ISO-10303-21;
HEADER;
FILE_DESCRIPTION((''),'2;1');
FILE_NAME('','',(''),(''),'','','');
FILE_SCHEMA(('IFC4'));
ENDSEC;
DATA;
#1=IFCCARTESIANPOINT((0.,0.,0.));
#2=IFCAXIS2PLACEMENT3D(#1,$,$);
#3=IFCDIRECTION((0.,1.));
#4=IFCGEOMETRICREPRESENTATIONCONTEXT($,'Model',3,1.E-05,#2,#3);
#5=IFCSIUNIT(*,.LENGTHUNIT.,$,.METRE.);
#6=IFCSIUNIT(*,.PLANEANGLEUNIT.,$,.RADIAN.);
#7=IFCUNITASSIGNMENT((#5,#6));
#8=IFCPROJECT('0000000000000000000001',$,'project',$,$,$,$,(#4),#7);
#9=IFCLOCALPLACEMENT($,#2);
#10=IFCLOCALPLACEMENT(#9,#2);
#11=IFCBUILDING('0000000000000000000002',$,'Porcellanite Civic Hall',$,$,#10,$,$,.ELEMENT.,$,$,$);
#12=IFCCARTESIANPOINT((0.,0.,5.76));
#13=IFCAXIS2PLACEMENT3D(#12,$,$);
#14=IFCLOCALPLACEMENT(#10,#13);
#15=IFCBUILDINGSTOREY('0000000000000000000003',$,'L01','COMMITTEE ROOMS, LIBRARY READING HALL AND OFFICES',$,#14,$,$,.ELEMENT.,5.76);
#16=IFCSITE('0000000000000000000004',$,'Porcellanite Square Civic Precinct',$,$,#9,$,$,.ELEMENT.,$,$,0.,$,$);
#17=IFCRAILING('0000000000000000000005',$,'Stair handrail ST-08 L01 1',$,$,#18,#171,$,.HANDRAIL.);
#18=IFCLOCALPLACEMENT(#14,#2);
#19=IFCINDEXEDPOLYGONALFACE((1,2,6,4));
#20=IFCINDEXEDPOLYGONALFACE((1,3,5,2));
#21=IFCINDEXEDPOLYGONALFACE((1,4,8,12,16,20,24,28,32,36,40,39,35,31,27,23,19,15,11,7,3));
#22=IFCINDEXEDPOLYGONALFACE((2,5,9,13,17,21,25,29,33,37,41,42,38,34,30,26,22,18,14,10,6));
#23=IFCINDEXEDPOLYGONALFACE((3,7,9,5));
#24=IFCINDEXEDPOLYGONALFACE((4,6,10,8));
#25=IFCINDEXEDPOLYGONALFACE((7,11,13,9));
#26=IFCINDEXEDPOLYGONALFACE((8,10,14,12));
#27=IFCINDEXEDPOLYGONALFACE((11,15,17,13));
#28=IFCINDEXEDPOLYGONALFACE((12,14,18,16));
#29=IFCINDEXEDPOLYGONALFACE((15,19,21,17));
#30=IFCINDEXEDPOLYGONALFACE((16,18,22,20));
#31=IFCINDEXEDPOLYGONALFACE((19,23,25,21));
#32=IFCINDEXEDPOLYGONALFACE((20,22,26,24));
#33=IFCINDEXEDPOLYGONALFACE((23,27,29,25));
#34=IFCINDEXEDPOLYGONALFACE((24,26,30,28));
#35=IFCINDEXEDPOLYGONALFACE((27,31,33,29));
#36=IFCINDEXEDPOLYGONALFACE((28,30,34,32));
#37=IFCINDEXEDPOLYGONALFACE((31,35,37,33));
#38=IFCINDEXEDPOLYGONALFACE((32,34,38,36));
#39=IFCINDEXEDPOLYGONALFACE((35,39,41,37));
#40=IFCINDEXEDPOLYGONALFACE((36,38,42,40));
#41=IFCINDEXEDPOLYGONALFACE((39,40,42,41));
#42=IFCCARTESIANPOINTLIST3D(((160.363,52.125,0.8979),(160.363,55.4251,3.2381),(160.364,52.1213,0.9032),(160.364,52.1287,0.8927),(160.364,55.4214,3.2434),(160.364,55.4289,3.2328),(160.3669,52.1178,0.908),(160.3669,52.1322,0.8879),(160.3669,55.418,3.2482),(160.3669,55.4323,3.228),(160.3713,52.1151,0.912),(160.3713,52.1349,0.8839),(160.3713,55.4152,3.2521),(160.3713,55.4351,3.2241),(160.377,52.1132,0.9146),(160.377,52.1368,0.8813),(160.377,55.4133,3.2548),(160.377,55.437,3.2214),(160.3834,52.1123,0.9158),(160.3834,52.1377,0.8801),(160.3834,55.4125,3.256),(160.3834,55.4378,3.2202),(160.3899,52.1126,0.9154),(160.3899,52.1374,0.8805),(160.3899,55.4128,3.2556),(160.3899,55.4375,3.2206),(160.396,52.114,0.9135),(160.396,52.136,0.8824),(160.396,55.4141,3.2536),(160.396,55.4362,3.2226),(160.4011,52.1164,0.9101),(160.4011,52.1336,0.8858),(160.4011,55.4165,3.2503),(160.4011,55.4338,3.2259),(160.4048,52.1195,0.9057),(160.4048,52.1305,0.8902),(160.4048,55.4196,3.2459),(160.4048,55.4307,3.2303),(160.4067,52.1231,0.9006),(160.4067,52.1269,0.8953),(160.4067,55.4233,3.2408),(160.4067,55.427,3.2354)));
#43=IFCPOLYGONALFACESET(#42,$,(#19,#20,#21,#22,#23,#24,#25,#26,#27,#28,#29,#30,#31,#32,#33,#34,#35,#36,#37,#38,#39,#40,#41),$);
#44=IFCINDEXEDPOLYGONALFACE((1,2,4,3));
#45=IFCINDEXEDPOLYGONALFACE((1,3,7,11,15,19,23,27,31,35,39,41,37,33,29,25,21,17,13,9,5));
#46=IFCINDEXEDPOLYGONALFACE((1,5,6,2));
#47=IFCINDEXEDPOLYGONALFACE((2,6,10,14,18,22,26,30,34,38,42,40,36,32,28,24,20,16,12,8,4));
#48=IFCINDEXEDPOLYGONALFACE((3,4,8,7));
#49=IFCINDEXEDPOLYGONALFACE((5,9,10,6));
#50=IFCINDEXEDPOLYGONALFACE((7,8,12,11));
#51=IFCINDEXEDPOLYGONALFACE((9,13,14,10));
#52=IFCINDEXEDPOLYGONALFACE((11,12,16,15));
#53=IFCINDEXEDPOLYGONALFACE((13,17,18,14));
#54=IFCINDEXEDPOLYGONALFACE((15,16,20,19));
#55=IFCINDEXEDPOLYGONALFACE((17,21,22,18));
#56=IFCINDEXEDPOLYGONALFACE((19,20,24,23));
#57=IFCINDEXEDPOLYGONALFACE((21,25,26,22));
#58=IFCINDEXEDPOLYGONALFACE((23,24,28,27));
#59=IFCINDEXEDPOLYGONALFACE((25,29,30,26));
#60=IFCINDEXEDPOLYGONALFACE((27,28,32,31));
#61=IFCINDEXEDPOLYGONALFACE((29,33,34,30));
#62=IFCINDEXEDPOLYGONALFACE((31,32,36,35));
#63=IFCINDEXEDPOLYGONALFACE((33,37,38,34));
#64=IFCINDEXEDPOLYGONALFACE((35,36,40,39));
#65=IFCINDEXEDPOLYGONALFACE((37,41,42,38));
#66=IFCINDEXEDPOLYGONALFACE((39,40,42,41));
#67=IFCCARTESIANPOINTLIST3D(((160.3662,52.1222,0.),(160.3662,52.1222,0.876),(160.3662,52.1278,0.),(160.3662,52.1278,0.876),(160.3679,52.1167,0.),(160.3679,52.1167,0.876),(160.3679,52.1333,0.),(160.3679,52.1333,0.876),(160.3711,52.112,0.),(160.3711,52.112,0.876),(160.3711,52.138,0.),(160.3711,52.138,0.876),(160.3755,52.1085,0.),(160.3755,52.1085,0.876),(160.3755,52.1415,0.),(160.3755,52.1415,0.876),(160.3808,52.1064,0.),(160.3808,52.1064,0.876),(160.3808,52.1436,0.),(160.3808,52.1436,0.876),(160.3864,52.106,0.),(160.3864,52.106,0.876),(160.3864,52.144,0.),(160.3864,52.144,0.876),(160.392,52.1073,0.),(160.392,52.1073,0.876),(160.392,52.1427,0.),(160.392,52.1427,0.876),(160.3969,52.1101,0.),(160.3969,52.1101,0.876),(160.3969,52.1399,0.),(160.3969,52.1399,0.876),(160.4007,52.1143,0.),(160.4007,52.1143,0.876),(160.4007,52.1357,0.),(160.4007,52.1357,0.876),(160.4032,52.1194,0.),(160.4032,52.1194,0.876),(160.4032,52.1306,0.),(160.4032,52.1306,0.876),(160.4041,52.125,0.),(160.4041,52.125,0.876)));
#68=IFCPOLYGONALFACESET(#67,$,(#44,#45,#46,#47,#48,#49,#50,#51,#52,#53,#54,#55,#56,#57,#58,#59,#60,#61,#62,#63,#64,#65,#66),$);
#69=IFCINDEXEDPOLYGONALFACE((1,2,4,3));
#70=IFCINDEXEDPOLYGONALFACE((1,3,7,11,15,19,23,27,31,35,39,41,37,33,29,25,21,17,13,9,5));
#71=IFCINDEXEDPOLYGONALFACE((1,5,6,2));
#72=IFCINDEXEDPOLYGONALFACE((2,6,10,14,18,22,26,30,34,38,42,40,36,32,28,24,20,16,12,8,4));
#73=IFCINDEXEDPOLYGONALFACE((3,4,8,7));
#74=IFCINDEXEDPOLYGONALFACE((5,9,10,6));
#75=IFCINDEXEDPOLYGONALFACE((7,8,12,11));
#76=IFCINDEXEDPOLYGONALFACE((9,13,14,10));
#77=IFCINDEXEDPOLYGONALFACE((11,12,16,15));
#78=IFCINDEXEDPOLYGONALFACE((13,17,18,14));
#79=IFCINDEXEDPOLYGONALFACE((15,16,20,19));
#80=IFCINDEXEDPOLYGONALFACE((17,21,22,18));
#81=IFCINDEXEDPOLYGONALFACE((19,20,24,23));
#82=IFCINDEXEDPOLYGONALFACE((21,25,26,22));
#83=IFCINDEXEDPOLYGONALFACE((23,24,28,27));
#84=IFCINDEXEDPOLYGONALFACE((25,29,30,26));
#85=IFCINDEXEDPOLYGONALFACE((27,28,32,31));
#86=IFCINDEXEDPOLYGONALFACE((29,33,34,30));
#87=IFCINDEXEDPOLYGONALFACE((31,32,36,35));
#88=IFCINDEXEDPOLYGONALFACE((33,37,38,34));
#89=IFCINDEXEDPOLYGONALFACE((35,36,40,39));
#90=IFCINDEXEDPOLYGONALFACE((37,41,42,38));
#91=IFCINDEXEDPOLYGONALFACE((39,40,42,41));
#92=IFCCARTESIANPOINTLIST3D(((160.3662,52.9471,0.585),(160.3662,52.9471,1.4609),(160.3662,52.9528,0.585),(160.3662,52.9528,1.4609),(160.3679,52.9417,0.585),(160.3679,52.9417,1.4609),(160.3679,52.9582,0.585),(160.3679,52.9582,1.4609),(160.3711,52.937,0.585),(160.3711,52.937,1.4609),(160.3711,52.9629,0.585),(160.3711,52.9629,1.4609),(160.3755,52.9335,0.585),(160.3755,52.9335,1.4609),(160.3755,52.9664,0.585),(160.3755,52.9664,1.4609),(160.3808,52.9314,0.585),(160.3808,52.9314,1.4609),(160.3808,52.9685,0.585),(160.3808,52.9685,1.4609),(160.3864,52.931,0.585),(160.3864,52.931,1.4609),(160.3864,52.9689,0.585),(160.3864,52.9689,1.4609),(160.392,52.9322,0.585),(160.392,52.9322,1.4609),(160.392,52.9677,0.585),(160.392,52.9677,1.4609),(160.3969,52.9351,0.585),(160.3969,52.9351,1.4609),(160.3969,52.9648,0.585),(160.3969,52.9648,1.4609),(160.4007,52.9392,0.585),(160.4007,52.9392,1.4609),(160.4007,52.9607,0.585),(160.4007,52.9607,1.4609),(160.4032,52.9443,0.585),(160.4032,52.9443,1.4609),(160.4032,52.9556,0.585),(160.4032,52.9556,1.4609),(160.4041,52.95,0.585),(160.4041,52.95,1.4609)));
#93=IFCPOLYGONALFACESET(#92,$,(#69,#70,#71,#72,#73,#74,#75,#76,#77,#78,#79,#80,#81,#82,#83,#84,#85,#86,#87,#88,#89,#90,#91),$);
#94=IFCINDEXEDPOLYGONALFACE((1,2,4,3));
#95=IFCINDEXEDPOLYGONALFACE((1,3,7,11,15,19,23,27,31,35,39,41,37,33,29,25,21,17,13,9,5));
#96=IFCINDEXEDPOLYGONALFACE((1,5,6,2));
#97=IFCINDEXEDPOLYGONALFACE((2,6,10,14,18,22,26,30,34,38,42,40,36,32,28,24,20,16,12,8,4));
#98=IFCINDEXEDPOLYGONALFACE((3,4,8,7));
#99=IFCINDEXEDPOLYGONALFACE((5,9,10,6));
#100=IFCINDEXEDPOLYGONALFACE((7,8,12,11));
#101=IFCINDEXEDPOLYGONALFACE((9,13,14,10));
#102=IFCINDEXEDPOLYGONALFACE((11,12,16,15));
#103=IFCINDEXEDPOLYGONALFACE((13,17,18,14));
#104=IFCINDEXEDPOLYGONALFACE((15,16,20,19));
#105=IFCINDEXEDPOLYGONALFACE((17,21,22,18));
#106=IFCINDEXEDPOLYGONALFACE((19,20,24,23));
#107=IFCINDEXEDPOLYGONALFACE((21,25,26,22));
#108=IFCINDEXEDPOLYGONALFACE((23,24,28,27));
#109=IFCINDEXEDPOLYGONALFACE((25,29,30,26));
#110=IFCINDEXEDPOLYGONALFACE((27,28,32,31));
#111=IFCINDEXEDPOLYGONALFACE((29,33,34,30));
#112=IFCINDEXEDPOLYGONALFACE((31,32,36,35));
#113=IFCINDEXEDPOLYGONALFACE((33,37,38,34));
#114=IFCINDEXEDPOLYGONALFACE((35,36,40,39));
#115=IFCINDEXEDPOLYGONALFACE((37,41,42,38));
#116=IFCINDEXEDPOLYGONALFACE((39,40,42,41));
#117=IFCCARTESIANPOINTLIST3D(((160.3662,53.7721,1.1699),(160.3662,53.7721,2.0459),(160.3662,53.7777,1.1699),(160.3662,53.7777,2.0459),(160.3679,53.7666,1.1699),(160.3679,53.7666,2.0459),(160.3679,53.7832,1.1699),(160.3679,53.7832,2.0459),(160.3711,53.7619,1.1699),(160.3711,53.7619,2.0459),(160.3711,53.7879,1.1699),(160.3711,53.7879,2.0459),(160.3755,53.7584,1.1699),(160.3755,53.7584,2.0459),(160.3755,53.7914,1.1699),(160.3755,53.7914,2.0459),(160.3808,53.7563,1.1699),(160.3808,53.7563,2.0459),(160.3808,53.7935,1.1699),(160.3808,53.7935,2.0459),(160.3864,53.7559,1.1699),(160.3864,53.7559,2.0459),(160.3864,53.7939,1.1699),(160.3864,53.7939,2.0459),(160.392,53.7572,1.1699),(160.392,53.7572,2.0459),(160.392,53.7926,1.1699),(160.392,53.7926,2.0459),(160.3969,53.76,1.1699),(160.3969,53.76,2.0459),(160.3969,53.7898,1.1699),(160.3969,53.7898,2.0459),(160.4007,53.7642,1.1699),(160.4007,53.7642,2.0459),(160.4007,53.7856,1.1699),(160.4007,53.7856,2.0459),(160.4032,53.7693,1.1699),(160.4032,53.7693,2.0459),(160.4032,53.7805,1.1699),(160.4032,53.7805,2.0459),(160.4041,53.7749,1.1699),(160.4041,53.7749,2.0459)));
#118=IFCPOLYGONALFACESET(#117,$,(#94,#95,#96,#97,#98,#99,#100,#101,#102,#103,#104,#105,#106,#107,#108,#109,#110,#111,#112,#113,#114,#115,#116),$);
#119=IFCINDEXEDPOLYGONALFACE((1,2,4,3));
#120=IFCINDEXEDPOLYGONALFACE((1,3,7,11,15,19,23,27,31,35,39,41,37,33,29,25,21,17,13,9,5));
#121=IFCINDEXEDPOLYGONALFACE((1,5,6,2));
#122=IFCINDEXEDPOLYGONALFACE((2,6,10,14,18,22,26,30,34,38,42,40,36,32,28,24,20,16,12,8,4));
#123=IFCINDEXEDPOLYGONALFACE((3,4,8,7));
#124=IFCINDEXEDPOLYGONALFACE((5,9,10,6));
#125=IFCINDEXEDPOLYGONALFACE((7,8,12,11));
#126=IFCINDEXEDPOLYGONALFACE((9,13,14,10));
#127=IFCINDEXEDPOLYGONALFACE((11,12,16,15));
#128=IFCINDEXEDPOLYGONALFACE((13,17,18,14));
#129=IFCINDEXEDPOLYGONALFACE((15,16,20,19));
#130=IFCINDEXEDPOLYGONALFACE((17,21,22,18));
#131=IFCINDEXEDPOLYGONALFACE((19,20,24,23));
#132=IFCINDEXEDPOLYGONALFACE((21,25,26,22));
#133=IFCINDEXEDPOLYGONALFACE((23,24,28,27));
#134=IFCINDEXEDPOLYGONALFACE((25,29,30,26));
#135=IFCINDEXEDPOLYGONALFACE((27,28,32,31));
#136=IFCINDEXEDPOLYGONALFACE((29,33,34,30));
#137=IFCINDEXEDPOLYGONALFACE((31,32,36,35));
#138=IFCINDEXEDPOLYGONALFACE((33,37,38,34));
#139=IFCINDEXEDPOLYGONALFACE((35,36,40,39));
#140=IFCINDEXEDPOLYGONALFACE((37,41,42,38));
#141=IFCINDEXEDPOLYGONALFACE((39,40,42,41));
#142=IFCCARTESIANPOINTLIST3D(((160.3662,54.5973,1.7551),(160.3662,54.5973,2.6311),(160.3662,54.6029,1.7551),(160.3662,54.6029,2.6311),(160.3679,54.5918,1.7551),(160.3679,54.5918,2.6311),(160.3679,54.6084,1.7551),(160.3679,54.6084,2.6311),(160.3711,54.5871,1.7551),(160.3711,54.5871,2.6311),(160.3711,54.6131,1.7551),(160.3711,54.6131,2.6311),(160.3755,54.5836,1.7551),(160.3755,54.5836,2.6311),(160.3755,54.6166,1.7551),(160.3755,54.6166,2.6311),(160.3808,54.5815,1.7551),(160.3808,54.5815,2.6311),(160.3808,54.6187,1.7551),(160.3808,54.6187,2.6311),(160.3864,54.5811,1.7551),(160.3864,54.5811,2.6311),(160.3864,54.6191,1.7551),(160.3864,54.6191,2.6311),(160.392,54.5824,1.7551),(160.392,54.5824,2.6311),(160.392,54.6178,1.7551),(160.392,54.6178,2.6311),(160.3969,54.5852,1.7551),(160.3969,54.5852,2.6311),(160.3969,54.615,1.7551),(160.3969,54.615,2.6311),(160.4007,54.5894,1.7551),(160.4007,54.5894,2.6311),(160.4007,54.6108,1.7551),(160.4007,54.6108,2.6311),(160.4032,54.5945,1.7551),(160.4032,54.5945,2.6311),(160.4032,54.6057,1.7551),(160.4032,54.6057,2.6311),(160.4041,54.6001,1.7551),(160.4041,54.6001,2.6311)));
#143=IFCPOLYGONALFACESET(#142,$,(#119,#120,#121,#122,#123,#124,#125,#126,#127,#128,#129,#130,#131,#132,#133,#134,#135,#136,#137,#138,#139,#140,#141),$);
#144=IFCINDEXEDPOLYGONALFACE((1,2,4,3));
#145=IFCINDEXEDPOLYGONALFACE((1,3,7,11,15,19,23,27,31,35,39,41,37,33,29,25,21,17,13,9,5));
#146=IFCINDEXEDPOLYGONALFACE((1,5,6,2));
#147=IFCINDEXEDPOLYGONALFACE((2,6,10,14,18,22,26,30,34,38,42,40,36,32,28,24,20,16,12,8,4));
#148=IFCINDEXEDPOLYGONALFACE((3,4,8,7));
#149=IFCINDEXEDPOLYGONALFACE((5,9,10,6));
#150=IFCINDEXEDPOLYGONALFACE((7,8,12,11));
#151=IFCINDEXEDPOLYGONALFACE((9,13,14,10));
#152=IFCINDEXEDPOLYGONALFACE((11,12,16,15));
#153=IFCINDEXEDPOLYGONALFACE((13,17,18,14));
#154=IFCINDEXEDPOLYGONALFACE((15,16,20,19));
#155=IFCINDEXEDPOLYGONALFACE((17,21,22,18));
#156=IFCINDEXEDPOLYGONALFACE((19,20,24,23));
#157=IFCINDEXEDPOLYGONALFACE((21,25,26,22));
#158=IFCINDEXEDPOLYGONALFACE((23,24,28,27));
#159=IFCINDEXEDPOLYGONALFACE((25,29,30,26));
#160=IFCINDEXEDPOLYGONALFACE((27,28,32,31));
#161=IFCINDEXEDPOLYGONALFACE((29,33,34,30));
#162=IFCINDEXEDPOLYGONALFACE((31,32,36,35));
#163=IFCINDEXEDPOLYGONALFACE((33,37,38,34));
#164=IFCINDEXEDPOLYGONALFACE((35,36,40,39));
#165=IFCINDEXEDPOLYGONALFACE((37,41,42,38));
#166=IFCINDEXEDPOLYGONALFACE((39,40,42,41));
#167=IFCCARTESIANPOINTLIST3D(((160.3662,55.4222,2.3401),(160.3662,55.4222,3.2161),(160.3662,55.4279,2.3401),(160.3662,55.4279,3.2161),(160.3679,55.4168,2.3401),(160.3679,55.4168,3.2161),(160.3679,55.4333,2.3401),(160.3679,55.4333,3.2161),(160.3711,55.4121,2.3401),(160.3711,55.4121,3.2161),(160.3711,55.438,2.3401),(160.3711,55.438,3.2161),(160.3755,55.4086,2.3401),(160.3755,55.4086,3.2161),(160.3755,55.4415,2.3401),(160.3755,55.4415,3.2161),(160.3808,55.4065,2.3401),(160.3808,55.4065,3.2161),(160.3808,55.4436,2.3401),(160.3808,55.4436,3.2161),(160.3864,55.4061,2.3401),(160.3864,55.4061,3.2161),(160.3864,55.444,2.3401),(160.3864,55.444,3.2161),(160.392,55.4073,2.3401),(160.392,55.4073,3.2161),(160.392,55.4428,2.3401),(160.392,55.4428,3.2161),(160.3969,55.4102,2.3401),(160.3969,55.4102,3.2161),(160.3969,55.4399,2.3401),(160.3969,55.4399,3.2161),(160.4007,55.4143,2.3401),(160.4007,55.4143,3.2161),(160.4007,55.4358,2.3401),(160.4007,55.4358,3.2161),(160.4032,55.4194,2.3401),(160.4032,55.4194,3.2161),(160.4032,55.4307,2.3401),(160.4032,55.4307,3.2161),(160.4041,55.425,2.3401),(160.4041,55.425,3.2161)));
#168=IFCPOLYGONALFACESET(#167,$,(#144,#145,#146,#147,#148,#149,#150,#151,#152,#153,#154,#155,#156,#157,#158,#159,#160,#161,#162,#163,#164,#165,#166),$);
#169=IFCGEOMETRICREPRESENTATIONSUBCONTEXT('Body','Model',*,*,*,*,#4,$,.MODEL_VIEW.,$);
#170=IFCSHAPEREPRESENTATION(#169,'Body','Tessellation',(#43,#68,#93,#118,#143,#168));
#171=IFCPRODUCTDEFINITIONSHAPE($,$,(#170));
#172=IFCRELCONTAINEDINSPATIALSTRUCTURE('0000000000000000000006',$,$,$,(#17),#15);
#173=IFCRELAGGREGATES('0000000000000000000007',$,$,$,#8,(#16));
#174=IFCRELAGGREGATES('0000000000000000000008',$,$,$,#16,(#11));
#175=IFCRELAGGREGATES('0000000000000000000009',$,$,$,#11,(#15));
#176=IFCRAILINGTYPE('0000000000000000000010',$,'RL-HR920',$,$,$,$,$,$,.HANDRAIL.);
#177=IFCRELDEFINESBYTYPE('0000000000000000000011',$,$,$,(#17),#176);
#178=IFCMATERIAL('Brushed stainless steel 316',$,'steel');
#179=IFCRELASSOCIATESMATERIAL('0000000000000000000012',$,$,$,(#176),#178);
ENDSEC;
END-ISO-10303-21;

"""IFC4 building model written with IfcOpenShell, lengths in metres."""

from ifc_helpers import new_model, si_unit, direction, frame, origin, origin_2d, place, context, subcontext, project, spatial, circle, extrude, material, type_object, element, save


model = new_model("IFC4")

# Units and contexts
model_context = context("Model", 3, precision=1e-05, world=origin(), true_north=direction((0.0, 1.0)))
body_context = subcontext(model_context, "Body", "Model", "MODEL_VIEW")
ifc_project = project(units=[si_unit("LENGTHUNIT", "METRE"), si_unit("PLANEANGLEUNIT", "RADIAN")], contexts=[model_context])

# Site, building, storey
site_placement = place(None, origin())
site = spatial("IfcSite", under=ifc_project, at=site_placement, Name="Porcellanite Square Civic Precinct", CompositionType="ELEMENT", RefElevation=0.0)
building_placement = place(site_placement, origin())
building = spatial("IfcBuilding", under=site, at=building_placement, Name="Porcellanite Civic Hall", CompositionType="ELEMENT")
storey_placement = place(building_placement, frame((0.0, 0.0, 5.76)))
storey = spatial("IfcBuildingStorey", under=building, at=storey_placement, Name="L01", Description="COMMITTEE ROOMS, LIBRARY READING HALL AND OFFICES", CompositionType="ELEMENT", Elevation=5.76)

# Railing
ifc_material_1 = material(Name="Brushed stainless steel 316", Category="steel")
railing_type_1 = type_object("IfcRailingType", Name="RL-HR920", PredefinedType="HANDRAIL", material=ifc_material_1)
railing_1_placement = place(storey_placement, frame((160.385, 52.125, 0.0)))
element("IfcRailing", 1, at=railing_1_placement, inside=storey, type_object=railing_type_1, Name="Stair handrail ST-08 L01 1", PredefinedType="HANDRAIL", context=body_context, shape_type="SweptSolid", body=[
    extrude(circle(Radius=0.022, at=origin_2d()), frame((0.0, 0.0, 0.8979), z_axis=(0.0, 0.815727, 0.578438), x_axis=(-1.0, 0.0, 0.0)), (0.0, 0.0, 1.0), 4.0457),
    extrude(circle(Radius=0.019, at=origin_2d()), origin(), (0.0, 0.0, 1.0), 0.876),
    extrude(circle(Radius=0.019, at=origin_2d()), frame((0.0, 0.825, 0.585)), (0.0, 0.0, 1.0), 0.876),
    extrude(circle(Radius=0.019, at=origin_2d()), frame((0.0, 1.6499, 1.1699)), (0.0, 0.0, 1.0), 0.876),
    extrude(circle(Radius=0.019, at=origin_2d()), frame((0.0, 2.4751, 1.7551)), (0.0, 0.0, 1.0), 0.876),
    extrude(circle(Radius=0.019, at=origin_2d()), frame((0.0, 3.3, 2.3401)), (0.0, 0.0, 1.0), 0.876),
])

save(model, "model.ifc")
